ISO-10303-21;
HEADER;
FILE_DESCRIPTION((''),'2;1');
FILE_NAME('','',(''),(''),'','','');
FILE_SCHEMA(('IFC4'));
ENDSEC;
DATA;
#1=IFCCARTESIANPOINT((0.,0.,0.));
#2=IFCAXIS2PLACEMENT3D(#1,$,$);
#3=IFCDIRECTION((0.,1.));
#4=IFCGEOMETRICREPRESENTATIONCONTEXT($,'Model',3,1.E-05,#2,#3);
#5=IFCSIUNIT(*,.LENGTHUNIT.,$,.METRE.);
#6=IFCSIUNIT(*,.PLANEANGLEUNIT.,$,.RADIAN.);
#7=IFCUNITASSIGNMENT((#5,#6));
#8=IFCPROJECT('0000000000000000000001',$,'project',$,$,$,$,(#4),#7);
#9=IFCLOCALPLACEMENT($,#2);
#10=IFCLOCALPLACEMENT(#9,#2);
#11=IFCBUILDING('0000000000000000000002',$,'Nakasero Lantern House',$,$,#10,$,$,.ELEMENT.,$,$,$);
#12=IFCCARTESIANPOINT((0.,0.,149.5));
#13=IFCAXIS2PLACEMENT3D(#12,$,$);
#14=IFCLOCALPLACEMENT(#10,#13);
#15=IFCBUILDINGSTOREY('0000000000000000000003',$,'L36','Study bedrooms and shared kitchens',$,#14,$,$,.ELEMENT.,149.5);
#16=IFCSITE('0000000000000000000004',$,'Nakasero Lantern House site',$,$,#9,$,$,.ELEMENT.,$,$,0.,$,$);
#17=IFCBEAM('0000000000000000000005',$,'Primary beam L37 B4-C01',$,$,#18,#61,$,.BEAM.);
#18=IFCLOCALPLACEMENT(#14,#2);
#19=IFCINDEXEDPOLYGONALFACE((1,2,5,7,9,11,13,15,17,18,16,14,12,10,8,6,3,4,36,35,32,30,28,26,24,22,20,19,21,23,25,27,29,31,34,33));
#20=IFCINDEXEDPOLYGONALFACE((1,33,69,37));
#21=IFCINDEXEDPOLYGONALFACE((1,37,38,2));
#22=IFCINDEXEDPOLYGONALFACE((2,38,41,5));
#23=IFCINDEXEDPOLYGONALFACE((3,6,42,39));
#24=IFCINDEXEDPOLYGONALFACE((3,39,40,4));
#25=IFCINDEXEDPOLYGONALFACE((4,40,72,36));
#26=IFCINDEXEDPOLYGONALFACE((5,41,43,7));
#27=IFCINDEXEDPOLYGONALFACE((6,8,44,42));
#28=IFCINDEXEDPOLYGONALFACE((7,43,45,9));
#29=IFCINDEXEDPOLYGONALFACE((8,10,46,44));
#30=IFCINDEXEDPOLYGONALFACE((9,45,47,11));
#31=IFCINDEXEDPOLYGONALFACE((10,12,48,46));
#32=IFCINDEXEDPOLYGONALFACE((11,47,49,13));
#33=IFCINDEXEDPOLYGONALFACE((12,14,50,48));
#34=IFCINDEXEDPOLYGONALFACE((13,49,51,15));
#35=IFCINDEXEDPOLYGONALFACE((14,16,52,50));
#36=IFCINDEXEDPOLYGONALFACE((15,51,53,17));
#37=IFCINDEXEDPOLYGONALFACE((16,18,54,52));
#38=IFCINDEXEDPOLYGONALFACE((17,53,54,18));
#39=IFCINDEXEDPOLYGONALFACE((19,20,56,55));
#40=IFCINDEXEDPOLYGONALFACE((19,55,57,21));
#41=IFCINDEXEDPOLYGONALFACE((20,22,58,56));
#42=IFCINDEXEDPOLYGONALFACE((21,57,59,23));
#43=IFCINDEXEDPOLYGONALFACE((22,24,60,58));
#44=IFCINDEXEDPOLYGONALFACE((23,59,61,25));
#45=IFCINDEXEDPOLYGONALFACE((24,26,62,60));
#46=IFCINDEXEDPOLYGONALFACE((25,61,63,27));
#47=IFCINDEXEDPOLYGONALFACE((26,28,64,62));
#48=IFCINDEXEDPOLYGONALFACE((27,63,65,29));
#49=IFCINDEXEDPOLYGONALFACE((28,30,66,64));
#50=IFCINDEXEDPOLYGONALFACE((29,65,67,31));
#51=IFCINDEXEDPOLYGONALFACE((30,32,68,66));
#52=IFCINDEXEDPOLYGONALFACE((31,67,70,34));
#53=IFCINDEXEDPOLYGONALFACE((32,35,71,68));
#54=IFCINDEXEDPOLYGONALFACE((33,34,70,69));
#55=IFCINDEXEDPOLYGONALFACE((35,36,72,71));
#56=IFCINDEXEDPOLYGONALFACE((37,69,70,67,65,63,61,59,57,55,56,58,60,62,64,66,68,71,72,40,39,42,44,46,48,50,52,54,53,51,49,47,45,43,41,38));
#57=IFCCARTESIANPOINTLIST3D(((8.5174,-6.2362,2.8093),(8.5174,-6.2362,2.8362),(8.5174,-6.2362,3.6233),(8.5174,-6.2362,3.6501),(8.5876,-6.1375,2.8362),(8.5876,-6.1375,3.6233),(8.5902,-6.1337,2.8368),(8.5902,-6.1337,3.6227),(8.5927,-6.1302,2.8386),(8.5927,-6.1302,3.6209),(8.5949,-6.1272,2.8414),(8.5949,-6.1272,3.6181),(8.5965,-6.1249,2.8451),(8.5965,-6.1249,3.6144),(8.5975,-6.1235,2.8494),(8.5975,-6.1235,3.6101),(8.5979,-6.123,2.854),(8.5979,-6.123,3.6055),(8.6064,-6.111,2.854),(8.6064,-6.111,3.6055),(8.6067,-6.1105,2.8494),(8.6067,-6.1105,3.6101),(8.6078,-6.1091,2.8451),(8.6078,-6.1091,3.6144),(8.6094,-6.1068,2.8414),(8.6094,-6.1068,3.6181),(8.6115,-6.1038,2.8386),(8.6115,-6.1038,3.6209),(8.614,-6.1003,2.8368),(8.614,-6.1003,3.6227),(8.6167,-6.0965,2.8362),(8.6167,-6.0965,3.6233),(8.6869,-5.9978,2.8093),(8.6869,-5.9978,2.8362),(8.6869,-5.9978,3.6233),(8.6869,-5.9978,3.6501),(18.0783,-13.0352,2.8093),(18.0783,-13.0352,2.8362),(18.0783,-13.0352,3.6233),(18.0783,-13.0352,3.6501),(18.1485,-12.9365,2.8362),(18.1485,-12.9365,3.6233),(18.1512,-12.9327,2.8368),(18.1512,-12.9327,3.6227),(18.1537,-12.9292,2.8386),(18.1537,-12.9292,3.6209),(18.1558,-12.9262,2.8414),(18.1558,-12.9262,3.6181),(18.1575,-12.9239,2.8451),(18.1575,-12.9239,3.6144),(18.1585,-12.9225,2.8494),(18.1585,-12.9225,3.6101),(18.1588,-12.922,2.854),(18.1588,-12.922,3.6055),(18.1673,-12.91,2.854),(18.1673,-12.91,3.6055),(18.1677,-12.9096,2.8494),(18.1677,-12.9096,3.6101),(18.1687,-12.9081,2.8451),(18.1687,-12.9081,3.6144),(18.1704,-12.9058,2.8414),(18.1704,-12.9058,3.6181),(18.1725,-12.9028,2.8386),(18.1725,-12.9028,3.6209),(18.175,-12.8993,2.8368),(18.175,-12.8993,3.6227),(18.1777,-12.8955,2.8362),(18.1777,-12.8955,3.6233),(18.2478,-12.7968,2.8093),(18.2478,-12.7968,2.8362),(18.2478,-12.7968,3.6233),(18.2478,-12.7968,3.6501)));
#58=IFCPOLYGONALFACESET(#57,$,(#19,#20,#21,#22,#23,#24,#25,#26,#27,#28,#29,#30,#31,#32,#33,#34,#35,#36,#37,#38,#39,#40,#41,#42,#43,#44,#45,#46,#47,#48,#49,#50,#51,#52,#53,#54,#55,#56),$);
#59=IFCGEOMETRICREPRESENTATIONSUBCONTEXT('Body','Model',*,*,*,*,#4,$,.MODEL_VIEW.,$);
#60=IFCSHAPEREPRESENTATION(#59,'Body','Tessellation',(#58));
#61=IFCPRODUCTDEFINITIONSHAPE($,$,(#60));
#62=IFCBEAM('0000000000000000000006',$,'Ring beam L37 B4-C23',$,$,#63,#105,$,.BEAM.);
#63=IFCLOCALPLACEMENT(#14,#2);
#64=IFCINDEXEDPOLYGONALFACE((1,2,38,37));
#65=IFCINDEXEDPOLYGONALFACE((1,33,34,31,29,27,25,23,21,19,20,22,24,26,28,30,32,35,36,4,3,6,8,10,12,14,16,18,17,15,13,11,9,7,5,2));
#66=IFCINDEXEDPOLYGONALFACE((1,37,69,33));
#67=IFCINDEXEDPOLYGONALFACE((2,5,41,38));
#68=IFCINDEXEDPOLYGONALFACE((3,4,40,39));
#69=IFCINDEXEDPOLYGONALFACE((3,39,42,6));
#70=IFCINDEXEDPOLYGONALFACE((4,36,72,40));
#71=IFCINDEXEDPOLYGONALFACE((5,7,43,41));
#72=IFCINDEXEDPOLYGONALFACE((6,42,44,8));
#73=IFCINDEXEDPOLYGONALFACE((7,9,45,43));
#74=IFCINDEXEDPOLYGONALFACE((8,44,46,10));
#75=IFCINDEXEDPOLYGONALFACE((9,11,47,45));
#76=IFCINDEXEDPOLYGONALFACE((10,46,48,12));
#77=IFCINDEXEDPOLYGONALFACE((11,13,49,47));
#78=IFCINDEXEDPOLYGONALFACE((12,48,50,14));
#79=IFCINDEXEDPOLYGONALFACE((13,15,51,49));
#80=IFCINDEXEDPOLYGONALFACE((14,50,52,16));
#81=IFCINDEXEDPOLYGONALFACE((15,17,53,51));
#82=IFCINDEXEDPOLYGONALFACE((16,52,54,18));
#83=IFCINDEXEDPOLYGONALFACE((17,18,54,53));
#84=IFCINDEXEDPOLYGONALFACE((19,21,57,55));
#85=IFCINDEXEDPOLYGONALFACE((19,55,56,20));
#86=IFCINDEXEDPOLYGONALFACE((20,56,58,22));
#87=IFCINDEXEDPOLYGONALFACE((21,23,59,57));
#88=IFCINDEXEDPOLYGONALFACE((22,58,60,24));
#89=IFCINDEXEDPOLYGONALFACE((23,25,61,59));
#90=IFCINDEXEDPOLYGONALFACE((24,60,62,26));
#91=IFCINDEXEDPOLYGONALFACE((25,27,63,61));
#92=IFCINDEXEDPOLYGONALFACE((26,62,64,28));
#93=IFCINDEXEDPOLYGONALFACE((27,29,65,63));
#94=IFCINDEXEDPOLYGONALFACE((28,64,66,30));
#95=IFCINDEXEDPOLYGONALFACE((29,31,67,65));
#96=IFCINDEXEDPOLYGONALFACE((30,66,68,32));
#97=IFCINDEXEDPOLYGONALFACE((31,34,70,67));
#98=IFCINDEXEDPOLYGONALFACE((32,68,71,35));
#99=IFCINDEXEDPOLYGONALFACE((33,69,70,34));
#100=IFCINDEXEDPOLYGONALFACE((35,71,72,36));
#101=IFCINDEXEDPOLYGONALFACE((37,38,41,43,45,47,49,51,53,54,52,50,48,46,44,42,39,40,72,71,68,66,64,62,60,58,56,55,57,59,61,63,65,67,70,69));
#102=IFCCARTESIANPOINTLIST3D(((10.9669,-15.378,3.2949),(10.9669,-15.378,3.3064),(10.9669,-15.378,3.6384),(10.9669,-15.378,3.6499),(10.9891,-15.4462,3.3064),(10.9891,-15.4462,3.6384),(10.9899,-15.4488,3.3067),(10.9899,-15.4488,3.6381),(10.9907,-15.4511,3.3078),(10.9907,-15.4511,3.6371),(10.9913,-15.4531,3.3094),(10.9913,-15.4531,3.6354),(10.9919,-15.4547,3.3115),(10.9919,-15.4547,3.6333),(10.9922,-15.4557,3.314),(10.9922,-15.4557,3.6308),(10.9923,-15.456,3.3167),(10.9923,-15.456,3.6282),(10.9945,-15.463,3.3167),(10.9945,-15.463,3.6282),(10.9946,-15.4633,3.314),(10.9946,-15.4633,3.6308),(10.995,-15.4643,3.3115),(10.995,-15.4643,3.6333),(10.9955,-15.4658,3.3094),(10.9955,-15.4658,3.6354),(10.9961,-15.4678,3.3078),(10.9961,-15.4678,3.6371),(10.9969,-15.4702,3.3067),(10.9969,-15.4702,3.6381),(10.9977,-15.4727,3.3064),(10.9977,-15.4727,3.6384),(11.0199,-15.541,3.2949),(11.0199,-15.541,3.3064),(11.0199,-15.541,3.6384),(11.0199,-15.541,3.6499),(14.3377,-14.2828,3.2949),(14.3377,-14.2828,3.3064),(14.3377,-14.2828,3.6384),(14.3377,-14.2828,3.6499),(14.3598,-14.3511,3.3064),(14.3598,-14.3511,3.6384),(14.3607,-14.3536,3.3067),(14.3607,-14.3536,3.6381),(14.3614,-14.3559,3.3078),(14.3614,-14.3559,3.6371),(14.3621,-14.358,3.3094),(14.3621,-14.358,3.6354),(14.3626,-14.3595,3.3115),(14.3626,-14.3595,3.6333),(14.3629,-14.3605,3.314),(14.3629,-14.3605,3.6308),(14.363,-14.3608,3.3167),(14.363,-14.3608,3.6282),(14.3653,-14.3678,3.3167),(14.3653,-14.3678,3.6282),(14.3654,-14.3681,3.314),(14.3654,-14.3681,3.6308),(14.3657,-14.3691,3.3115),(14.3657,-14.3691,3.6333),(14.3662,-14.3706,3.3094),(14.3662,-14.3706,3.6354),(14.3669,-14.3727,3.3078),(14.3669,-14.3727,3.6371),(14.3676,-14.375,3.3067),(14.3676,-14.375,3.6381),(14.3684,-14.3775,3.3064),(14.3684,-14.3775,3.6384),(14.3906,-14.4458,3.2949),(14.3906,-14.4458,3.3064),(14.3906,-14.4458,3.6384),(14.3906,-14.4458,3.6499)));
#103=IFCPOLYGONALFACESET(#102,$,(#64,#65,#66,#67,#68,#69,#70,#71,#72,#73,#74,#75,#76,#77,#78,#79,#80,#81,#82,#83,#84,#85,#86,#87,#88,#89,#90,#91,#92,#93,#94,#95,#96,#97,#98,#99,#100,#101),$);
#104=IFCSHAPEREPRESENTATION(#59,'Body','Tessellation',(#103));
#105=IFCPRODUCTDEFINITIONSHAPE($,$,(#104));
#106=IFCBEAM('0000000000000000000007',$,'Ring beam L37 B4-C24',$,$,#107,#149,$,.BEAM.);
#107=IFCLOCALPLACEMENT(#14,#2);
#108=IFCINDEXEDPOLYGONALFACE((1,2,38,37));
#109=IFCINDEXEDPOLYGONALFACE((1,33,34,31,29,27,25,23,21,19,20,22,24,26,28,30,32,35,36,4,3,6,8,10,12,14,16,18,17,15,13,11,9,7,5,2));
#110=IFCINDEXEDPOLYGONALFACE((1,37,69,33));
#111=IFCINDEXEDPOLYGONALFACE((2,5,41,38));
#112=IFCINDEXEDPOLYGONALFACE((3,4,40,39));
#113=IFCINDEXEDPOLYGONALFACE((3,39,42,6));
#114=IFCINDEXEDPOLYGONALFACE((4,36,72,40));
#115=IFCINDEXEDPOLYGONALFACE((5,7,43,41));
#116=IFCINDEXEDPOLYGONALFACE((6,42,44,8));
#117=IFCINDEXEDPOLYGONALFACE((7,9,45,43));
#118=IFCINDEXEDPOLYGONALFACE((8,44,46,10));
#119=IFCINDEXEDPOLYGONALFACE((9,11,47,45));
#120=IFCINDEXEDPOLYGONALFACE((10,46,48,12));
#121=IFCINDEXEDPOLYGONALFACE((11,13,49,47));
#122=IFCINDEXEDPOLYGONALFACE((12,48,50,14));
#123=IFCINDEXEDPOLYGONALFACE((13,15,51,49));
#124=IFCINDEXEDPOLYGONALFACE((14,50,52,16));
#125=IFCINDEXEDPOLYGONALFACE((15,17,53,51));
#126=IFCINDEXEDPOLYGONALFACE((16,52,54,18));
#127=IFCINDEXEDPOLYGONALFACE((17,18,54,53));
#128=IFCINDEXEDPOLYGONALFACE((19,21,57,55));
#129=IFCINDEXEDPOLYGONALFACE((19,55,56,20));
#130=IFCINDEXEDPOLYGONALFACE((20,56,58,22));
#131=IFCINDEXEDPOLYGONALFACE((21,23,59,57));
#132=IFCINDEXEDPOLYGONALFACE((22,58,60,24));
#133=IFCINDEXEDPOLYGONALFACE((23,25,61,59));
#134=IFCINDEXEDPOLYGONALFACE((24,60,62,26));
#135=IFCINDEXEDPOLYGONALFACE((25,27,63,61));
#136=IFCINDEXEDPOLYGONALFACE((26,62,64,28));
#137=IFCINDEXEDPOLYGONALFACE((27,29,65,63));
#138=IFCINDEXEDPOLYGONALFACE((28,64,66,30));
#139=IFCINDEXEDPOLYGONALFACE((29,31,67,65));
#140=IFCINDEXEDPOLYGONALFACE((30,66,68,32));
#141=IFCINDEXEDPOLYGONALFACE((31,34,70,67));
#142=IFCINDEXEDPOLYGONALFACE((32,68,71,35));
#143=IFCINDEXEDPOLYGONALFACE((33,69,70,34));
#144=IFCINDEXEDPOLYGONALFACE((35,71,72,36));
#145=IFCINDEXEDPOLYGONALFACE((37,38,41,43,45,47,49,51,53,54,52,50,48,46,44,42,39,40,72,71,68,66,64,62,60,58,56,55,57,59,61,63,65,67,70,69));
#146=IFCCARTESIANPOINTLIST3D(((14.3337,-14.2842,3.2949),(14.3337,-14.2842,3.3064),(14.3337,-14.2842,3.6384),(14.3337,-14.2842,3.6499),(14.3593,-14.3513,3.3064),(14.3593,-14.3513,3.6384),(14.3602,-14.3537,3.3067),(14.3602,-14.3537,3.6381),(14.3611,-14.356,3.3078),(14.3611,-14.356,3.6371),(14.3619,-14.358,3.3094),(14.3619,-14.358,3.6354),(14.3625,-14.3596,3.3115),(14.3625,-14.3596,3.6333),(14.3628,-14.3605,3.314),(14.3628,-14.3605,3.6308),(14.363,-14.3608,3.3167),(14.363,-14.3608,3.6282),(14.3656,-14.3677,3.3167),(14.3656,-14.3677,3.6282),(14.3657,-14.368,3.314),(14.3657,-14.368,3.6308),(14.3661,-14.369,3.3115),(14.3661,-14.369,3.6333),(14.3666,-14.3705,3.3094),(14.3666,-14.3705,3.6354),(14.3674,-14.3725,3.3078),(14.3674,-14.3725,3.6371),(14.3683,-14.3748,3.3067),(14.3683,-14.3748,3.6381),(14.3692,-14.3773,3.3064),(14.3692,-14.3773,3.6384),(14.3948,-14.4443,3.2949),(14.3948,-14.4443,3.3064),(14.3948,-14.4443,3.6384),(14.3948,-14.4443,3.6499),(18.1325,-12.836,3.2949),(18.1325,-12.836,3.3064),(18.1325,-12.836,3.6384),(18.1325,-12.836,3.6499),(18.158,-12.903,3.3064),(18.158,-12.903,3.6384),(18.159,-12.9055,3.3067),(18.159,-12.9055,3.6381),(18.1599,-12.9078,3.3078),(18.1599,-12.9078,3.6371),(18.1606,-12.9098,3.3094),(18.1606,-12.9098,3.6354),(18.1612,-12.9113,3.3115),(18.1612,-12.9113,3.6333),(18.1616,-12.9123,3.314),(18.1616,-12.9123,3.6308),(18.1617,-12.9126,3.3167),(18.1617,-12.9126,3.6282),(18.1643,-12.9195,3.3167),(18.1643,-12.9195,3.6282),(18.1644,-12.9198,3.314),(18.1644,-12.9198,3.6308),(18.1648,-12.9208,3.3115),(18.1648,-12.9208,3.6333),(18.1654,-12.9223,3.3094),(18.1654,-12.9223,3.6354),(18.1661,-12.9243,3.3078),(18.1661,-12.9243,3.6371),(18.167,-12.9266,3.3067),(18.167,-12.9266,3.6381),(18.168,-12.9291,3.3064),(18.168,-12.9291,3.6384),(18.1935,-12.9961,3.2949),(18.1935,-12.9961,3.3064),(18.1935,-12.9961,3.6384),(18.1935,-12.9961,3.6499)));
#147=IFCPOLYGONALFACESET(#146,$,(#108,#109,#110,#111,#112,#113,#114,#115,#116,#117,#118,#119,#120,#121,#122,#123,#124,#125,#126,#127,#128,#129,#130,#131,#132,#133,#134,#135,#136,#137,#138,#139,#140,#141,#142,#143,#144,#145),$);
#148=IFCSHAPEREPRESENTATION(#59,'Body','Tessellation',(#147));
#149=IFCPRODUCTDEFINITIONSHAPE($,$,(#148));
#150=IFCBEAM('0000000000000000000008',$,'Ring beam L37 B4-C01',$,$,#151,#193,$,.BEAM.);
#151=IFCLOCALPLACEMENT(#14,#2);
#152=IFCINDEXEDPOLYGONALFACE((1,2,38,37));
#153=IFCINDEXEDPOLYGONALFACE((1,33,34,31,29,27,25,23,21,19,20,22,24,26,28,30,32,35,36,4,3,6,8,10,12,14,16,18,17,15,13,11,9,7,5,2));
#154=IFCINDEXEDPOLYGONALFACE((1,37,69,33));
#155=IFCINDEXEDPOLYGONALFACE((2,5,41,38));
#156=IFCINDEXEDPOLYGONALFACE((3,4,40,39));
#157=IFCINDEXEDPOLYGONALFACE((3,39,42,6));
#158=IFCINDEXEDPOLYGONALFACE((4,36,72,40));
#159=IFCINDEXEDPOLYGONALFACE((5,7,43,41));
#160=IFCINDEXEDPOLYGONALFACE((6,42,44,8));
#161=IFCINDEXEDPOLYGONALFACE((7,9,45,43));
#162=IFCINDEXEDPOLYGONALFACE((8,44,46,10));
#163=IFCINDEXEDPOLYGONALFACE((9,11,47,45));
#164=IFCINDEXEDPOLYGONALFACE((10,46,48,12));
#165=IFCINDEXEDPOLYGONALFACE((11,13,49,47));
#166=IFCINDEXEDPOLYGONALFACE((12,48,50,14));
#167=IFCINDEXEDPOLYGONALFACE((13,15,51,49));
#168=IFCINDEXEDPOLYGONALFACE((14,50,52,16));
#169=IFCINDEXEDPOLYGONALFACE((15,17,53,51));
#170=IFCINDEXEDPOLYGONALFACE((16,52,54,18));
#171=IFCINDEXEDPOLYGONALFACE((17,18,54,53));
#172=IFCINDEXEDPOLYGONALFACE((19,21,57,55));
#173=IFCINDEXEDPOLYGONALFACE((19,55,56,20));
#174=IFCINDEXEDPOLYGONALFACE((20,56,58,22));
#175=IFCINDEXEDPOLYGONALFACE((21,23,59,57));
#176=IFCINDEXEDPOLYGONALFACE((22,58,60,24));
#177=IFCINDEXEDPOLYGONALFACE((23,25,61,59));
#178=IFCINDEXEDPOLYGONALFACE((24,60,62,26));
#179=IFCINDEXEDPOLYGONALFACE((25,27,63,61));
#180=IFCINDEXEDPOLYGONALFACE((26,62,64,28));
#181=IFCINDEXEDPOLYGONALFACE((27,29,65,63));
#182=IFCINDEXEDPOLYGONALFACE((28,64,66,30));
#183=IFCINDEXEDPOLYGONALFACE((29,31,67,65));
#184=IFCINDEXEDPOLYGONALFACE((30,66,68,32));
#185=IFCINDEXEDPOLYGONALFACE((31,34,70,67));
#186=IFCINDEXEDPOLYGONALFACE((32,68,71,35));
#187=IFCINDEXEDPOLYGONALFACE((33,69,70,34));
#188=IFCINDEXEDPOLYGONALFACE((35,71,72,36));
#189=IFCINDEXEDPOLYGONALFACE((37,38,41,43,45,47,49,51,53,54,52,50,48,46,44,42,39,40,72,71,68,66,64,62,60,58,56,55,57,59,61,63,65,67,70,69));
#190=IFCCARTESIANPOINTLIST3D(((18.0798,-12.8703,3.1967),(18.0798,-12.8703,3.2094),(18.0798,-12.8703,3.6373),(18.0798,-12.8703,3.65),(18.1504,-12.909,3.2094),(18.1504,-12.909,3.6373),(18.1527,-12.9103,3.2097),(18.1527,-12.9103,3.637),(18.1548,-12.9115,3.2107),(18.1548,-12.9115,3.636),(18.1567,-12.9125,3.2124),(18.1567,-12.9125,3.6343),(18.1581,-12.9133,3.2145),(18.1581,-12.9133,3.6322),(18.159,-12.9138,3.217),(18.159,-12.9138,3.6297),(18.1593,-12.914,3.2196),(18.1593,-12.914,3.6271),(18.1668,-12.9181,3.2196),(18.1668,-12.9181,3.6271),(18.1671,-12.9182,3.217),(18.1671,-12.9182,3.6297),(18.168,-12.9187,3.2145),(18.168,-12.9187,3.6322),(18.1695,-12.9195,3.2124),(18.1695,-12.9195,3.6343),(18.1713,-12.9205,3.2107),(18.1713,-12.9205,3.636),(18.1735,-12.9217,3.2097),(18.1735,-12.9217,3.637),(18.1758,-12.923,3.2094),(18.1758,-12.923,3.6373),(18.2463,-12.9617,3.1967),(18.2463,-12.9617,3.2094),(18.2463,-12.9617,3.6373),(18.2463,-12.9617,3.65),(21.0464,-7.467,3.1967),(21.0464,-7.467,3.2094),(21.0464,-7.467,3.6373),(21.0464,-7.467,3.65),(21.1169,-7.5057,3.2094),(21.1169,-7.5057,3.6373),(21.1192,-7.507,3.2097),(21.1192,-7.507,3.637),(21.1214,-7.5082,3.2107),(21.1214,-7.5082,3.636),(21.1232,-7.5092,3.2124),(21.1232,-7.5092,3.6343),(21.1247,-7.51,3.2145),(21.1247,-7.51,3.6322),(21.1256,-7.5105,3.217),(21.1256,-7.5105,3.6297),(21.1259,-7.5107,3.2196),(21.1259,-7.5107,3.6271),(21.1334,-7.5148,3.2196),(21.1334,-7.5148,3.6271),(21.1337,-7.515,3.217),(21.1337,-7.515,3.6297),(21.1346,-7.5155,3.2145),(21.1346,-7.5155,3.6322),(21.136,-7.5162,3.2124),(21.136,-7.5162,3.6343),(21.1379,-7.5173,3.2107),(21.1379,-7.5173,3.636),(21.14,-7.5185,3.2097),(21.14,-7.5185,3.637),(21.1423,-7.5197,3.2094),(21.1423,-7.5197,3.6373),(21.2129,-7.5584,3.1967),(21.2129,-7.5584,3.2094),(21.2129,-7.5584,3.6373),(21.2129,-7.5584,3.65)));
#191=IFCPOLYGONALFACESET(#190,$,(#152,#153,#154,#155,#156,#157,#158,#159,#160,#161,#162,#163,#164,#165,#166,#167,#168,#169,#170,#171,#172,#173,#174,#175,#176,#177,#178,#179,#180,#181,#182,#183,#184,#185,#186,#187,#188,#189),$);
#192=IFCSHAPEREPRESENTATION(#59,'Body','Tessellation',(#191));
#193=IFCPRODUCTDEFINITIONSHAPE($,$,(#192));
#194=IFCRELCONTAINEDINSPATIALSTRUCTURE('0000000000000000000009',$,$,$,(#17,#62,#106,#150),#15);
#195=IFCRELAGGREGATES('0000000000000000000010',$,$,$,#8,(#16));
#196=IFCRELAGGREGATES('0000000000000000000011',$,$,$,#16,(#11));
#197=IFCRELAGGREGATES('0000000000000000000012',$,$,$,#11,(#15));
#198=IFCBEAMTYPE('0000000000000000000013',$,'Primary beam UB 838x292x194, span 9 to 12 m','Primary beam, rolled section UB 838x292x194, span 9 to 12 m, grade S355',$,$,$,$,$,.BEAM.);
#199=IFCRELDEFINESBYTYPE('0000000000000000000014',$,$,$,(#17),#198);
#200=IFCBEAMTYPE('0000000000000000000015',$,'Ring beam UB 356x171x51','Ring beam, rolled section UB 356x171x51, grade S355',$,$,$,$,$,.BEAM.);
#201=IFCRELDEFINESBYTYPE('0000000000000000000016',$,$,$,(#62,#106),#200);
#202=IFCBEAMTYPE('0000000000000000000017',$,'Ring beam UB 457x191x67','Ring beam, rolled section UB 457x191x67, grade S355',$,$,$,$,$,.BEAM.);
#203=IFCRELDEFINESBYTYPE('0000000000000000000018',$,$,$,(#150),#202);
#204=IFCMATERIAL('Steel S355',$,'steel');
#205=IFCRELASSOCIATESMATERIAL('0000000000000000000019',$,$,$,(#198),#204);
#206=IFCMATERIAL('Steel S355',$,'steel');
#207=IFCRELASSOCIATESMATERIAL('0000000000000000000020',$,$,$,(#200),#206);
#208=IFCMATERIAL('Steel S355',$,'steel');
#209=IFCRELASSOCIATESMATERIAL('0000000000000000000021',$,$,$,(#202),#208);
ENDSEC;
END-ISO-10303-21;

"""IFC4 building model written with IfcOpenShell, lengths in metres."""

from ifc_helpers import new_model, si_unit, direction, frame, origin, origin_2d, place, context, subcontext, project, spatial, i_section, extrude, material, material_profile, profile_set, type_object, element, save


model = new_model("IFC4")

# Units and contexts
model_context = context("Model", 3, precision=1e-05, world=origin(), true_north=direction((0.0, 1.0)))
body_context = subcontext(model_context, "Body", "Model", "MODEL_VIEW")
ifc_project = project(units=[si_unit("LENGTHUNIT", "METRE"), si_unit("PLANEANGLEUNIT", "RADIAN")], contexts=[model_context])

# Site, building, storey
site_placement = place(None, origin())
site = spatial("IfcSite", under=ifc_project, at=site_placement, Name="Nakasero Lantern House site", CompositionType="ELEMENT", RefElevation=0.0)
building_placement = place(site_placement, origin())
building = spatial("IfcBuilding", under=site, at=building_placement, Name="Nakasero Lantern House", CompositionType="ELEMENT")
storey_placement = place(building_placement, frame((0.0, 0.0, 149.5)))
storey = spatial("IfcBuildingStorey", under=building, at=storey_placement, Name="L36", Description="Study bedrooms and shared kitchens", CompositionType="ELEMENT", Elevation=149.5)

# Beams
ifc_material_1 = material(Name="Steel S355", Category="steel")
ifc_material_profile_1 = material_profile(ifc_material_1, i_section(OverallWidth=0.2925, OverallDepth=0.8408, WebThickness=0.0146, FlangeThickness=0.0269, FilletRadius=0.0178, at=origin_2d()), Name="UB 838x292x194")
ifc_profile_set_1 = profile_set([ifc_material_profile_1], Name="Steel S355")
beam_type_1 = type_object("IfcBeamType", Name="Primary beam UB 838x292x194, span 9 to 12 m", Description="Primary beam, rolled section UB 838x292x194, span 9 to 12 m, grade S355", PredefinedType="BEAM", material=ifc_profile_set_1)
beam_1_placement = place(storey_placement, frame((18.1631, -12.916, 3.2297), z_axis=(-0.814951, 0.57953, 0.0), x_axis=(-0.57953, -0.814951, 0.0)))
element("IfcBeam", 1, at=beam_1_placement, inside=storey, type_object=beam_type_1, Name="Primary beam L37 B4-C01", PredefinedType="BEAM", context=body_context, shape_type="SweptSolid", body=[
    extrude(i_section(OverallWidth=0.2925, OverallDepth=0.8408, WebThickness=0.0146, FlangeThickness=0.0269, FilletRadius=0.0178, at=origin_2d()), origin(), (0.0, 0.0, 1.0), 11.7319),
])
ifc_material_2 = material(Name="Steel S355", Category="steel")
ifc_material_profile_2 = material_profile(ifc_material_2, i_section(OverallWidth=0.1714, OverallDepth=0.355, WebThickness=0.0073, FlangeThickness=0.0115, FilletRadius=0.0103, at=origin_2d()), Name="UB 356x171x51")
ifc_profile_set_2 = profile_set([ifc_material_profile_2], Name="Steel S355")
beam_type_2 = type_object("IfcBeamType", Name="Ring beam UB 356x171x51", Description="Ring beam, rolled section UB 356x171x51, grade S355", PredefinedType="BEAM", material=ifc_profile_set_2)
beam_2_placement = place(storey_placement, frame((10.9934, -15.4595, 3.4724), z_axis=(0.95106, 0.309007, 0.0), x_axis=(-0.309007, 0.95106, 0.0)))
element("IfcBeam", 2, at=beam_2_placement, inside=storey, type_object=beam_type_2, Name="Ring beam L37 B4-C23", PredefinedType="BEAM", context=body_context, shape_type="SweptSolid", body=[
    extrude(i_section(OverallWidth=0.1714, OverallDepth=0.355, WebThickness=0.0073, FlangeThickness=0.0115, FilletRadius=0.0103, at=origin_2d()), origin(), (0.0, 0.0, 1.0), 3.5442),
])
beam_3_placement = place(storey_placement, frame((14.3643, -14.3643, 3.4724), z_axis=(0.9344, 0.356225, 0.0), x_axis=(-0.356225, 0.9344, 0.0)))
element("IfcBeam", 3, at=beam_3_placement, inside=storey, type_object=beam_type_2, Name="Ring beam L37 B4-C24", PredefinedType="BEAM", context=body_context, shape_type="SweptSolid", body=[
    extrude(i_section(OverallWidth=0.1714, OverallDepth=0.355, WebThickness=0.0073, FlangeThickness=0.0115, FilletRadius=0.0103, at=origin_2d()), origin(), (0.0, 0.0, 1.0), 4.0654),
])
ifc_material_3 = material(Name="Steel S355", Category="steel")
ifc_material_profile_3 = material_profile(ifc_material_3, i_section(OverallWidth=0.1899, OverallDepth=0.4534, WebThickness=0.0085, FlangeThickness=0.0127, FilletRadius=0.0103, at=origin_2d()), Name="UB 457x191x67")
ifc_profile_set_3 = profile_set([ifc_material_profile_3], Name="Steel S355")
beam_type_3 = type_object("IfcBeamType", Name="Ring beam UB 457x191x67", Description="Ring beam, rolled section UB 457x191x67, grade S355", PredefinedType="BEAM", material=ifc_profile_set_3)
beam_4_placement = place(storey_placement, frame((18.1631, -12.916, 3.4233), z_axis=(0.481262, 0.876577, 0.0), x_axis=(-0.876577, 0.481262, 0.0)))
element("IfcBeam", 4, at=beam_4_placement, inside=storey, type_object=beam_type_3, Name="Ring beam L37 B4-C01", PredefinedType="BEAM", context=body_context, shape_type="SweptSolid", body=[
    extrude(i_section(OverallWidth=0.1899, OverallDepth=0.4534, WebThickness=0.0085, FlangeThickness=0.0127, FilletRadius=0.0103, at=origin_2d()), origin(), (0.0, 0.0, 1.0), 6.1641),
])

save(model, "model.ifc")
